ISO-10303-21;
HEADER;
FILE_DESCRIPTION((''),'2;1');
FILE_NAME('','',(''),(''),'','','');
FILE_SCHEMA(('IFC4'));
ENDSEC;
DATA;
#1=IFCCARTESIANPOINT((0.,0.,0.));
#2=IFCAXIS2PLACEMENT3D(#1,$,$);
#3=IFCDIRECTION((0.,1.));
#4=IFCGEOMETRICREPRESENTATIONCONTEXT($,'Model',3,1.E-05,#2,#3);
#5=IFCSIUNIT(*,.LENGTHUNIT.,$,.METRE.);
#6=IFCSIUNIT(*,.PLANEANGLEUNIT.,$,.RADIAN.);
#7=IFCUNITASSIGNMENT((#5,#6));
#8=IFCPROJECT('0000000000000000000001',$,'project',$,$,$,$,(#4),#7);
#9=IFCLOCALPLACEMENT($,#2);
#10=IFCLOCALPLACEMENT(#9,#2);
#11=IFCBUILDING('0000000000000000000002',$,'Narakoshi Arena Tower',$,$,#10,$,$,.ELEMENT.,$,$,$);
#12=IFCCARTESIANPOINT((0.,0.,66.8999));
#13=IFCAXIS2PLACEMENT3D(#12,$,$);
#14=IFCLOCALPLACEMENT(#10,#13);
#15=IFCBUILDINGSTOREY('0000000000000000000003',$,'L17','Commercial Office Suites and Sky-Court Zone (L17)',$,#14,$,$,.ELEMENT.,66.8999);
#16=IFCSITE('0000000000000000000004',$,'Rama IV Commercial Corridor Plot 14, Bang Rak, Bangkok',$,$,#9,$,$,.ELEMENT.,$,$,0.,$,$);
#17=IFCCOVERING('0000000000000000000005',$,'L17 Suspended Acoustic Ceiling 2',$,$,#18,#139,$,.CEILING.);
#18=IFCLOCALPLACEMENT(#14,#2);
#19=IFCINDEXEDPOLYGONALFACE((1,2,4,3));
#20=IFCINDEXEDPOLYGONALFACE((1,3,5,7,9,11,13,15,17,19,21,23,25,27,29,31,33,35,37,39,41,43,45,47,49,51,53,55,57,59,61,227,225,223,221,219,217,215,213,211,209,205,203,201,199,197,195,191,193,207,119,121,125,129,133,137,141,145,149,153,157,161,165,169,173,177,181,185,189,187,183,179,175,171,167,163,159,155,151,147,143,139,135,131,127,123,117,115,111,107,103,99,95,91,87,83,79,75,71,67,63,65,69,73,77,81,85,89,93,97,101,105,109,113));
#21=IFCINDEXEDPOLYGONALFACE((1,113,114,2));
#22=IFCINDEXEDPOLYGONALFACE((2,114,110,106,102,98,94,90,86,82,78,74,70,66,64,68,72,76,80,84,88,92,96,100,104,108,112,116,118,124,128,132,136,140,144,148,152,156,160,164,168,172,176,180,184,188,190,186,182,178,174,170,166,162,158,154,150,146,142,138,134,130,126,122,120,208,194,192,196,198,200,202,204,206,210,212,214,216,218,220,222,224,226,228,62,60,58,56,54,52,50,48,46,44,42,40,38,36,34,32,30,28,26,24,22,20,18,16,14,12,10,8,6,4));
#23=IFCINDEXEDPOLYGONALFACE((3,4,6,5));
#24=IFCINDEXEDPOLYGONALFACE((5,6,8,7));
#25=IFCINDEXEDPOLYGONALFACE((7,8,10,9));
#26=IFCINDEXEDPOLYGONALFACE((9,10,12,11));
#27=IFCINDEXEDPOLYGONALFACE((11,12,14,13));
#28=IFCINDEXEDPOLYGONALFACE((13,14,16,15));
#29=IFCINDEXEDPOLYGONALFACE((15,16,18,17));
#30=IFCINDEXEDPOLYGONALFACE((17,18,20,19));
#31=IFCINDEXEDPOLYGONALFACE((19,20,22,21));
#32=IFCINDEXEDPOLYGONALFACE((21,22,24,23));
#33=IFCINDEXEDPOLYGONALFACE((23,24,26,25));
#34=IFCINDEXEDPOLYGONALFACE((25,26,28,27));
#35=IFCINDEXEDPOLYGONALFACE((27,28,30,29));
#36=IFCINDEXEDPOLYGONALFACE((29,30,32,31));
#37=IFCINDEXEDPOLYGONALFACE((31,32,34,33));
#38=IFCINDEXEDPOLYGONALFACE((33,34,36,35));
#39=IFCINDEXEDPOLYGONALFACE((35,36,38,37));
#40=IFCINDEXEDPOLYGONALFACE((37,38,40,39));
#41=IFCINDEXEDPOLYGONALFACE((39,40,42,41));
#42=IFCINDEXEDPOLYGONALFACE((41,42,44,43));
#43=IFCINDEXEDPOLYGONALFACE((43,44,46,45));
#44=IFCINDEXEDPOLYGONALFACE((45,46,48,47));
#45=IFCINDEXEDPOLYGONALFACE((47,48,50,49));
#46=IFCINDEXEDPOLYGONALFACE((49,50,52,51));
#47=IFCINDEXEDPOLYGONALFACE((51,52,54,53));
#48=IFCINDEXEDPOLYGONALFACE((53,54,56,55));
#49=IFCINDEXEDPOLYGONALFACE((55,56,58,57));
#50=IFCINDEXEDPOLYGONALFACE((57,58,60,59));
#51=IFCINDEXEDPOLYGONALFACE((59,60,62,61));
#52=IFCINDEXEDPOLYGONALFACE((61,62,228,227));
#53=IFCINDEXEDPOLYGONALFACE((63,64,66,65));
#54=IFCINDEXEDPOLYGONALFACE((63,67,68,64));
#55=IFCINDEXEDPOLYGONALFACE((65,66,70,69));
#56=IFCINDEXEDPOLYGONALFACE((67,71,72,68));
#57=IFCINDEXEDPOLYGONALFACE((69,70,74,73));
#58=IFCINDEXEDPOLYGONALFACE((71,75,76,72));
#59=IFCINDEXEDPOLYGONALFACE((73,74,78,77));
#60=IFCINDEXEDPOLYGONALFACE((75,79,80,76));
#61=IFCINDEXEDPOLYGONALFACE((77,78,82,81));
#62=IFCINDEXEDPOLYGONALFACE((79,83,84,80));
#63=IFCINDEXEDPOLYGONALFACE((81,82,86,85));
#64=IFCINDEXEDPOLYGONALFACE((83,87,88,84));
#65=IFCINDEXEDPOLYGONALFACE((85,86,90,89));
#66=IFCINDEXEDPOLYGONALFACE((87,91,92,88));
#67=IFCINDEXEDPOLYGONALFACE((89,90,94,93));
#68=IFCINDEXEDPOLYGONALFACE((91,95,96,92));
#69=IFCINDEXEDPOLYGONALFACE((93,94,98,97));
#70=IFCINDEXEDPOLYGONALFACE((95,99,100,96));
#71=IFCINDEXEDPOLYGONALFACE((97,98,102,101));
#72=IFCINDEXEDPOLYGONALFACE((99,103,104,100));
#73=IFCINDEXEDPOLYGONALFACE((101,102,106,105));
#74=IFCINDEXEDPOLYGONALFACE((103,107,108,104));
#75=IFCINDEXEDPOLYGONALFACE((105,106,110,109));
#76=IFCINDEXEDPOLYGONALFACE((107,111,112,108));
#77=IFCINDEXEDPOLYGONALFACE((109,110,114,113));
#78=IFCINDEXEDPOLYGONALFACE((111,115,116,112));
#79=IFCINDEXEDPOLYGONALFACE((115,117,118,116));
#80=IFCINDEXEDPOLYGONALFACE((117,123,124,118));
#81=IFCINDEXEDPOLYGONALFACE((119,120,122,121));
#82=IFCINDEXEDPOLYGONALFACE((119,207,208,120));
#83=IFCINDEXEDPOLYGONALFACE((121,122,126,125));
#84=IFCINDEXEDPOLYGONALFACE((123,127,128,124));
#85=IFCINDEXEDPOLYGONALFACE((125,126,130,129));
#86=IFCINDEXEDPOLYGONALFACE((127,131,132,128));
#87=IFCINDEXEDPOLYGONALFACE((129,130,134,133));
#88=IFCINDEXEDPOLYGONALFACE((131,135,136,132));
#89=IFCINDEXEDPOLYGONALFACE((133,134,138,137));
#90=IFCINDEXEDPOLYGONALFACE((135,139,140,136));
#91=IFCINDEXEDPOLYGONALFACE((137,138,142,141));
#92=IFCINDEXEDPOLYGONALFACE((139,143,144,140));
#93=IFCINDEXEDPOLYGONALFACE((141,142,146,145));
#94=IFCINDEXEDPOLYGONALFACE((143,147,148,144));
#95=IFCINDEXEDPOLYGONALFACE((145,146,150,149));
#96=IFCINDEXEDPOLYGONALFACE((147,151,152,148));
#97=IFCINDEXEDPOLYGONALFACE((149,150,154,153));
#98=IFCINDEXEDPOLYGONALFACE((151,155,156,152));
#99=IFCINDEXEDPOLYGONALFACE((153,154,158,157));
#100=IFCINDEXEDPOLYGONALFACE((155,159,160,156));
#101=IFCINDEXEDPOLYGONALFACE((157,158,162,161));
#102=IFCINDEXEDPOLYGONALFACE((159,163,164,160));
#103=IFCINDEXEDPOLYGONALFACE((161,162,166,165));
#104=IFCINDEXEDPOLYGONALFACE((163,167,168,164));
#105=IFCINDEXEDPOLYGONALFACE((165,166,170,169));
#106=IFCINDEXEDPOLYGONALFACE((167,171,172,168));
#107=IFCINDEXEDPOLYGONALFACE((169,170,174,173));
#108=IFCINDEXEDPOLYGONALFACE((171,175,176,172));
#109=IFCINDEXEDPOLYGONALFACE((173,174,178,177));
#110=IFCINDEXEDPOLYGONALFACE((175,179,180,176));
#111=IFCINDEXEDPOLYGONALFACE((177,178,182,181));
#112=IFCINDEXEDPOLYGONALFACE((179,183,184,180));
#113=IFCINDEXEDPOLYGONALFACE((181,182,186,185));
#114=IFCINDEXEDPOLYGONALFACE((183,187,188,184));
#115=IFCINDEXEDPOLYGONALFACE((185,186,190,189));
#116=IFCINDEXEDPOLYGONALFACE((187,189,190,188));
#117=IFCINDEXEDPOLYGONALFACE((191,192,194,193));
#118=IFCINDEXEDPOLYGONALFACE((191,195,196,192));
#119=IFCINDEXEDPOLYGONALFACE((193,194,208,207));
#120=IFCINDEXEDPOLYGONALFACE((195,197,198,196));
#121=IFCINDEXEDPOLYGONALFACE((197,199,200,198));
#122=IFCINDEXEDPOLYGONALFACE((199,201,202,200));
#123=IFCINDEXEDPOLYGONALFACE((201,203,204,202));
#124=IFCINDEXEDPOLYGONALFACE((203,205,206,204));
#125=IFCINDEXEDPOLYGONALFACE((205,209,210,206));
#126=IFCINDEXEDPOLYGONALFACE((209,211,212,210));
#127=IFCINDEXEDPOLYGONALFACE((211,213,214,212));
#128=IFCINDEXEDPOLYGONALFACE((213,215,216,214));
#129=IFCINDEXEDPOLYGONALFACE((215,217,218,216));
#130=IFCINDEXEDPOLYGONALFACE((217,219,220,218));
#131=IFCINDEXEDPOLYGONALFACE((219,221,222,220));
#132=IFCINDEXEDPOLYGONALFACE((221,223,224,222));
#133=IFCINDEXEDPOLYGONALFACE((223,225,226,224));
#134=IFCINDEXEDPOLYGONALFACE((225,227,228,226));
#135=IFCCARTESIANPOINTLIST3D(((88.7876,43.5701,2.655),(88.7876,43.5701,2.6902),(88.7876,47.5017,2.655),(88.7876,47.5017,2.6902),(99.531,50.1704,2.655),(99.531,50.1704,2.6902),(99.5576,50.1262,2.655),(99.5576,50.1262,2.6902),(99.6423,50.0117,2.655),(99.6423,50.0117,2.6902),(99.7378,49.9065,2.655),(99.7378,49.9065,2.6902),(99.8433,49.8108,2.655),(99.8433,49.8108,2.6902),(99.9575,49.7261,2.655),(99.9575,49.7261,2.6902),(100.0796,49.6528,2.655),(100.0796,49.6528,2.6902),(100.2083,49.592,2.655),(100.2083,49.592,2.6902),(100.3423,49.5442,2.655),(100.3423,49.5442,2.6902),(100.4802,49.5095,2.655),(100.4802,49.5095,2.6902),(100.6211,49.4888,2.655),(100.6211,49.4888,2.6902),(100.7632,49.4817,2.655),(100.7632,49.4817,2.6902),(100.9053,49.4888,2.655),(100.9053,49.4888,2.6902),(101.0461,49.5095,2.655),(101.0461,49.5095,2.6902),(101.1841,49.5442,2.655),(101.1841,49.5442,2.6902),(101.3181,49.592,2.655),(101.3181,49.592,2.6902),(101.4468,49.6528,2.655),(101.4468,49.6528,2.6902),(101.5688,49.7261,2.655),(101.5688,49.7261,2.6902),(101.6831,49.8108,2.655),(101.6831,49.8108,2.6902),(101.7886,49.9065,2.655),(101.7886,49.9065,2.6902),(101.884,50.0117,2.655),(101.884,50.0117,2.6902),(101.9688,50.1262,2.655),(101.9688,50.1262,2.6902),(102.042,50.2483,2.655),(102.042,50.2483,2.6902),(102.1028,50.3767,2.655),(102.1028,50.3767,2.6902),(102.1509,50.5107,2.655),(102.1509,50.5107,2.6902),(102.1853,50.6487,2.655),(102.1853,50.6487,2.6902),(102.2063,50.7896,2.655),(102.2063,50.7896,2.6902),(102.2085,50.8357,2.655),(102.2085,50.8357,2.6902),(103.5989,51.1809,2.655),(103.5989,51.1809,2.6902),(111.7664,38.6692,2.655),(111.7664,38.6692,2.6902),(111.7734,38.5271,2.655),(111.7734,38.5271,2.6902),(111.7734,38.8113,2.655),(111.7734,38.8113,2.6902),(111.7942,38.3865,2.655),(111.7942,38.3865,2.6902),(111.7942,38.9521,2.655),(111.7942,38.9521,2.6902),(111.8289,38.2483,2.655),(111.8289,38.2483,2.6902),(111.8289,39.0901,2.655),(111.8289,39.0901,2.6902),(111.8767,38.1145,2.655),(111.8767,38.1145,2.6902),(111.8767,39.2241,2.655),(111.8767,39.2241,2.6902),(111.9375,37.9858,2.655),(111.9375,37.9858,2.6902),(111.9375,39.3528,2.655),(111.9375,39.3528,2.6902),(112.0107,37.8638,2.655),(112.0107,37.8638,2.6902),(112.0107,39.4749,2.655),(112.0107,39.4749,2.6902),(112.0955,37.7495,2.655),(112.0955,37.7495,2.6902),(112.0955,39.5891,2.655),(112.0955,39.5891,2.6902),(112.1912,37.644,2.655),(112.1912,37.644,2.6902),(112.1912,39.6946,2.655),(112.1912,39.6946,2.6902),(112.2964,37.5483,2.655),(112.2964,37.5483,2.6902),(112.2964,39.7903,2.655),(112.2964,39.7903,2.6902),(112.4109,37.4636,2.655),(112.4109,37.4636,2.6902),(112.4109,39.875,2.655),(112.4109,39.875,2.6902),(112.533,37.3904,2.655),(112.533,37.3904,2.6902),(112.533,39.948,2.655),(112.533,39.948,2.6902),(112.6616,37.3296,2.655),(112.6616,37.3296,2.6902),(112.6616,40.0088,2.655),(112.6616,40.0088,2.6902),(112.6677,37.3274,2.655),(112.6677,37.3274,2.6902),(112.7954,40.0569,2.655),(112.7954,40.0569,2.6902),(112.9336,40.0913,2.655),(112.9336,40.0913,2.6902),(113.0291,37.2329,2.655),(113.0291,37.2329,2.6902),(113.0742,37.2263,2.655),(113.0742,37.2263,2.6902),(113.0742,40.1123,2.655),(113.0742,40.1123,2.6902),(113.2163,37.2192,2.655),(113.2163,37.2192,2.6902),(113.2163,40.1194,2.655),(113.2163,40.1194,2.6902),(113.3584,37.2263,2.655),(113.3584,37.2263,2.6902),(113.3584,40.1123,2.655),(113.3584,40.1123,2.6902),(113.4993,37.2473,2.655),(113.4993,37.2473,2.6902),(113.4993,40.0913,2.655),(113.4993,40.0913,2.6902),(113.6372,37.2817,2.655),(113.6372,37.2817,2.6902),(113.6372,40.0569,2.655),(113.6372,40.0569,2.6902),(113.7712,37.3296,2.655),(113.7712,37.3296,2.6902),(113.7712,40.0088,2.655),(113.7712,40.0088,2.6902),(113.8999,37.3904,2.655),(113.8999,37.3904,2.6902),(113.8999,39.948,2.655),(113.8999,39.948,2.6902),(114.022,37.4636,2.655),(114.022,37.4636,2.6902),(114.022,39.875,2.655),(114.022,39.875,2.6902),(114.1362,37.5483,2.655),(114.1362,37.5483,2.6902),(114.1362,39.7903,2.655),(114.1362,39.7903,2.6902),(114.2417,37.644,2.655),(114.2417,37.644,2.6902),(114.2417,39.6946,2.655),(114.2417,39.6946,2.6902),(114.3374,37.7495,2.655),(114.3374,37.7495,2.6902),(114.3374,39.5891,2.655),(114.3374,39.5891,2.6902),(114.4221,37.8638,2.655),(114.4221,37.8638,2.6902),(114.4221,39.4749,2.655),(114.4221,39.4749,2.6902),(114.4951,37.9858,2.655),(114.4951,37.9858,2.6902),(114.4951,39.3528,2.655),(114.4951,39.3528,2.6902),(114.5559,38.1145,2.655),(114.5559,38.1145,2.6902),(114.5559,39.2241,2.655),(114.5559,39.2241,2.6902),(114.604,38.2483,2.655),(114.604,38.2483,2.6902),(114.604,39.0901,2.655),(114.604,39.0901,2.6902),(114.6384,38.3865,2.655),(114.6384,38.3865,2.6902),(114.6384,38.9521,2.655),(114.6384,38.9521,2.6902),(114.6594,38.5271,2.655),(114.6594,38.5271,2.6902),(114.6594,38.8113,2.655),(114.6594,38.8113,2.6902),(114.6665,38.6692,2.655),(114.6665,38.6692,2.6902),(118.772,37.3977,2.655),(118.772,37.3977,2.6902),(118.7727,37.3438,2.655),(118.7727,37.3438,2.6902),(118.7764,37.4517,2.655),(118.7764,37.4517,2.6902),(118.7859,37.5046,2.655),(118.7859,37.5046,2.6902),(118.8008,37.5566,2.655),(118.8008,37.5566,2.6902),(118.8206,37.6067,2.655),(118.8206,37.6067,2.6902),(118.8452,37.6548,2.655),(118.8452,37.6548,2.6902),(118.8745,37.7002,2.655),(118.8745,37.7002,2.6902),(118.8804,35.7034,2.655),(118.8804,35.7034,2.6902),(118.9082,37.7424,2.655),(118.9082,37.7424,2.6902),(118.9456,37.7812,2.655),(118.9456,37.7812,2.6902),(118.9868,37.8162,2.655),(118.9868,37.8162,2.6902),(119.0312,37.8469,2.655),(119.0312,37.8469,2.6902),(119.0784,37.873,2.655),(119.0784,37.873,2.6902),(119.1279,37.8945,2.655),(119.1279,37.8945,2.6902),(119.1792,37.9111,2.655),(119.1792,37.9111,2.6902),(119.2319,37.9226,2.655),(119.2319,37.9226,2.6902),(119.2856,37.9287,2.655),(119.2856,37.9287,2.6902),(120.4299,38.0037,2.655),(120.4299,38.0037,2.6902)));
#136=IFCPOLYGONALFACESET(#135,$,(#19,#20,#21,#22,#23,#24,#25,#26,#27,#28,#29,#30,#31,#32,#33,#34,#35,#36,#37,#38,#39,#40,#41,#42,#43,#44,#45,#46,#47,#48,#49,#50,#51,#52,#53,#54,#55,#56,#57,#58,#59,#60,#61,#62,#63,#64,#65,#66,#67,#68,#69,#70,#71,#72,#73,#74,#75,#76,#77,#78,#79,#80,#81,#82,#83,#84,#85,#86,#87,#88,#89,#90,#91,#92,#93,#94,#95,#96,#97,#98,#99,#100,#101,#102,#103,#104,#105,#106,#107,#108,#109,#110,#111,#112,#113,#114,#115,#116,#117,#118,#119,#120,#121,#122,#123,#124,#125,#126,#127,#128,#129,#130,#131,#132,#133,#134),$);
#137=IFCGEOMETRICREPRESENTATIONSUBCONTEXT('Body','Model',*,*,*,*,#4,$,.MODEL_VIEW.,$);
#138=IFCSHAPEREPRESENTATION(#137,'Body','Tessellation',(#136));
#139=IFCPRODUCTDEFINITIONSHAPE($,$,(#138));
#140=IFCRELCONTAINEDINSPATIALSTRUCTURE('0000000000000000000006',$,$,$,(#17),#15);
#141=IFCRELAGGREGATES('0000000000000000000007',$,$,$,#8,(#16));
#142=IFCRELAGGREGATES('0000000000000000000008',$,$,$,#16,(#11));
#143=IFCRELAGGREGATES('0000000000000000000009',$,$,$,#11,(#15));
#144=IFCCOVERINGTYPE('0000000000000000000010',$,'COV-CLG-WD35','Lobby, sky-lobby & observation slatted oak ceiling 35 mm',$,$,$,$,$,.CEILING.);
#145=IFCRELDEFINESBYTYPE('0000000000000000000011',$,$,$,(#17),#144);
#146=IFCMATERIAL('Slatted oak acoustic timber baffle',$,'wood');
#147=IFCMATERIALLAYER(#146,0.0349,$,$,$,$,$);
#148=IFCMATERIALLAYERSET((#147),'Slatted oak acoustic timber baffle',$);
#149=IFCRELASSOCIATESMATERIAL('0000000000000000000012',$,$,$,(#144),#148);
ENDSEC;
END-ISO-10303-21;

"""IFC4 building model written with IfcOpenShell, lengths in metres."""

from ifc_helpers import new_model, si_unit, direction, frame, origin, place, context, subcontext, project, spatial, polyline, outline, extrude, material, layer, layer_set, type_object, element, save


model = new_model("IFC4")

# Units and contexts
model_context = context("Model", 3, precision=1e-05, world=origin(), true_north=direction((0.0, 1.0)))
body_context = subcontext(model_context, "Body", "Model", "MODEL_VIEW")
ifc_project = project(units=[si_unit("LENGTHUNIT", "METRE"), si_unit("PLANEANGLEUNIT", "RADIAN")], contexts=[model_context])

# Site, building, storey
site_placement = place(None, origin())
site = spatial("IfcSite", under=ifc_project, at=site_placement, Name="Rama IV Commercial Corridor Plot 14, Bang Rak, Bangkok", CompositionType="ELEMENT", RefElevation=0.0)
building_placement = place(site_placement, origin())
building = spatial("IfcBuilding", under=site, at=building_placement, Name="Narakoshi Arena Tower", CompositionType="ELEMENT")
storey_placement = place(building_placement, frame((0.0, 0.0, 66.8999)))
storey = spatial("IfcBuildingStorey", under=building, at=storey_placement, Name="L17", Description="Commercial Office Suites and Sky-Court Zone (L17)", CompositionType="ELEMENT", Elevation=66.8999)

# Covering
ifc_material_1 = material(Name="Slatted oak acoustic timber baffle", Category="wood")
ifc_layer_1 = layer(ifc_material_1, 0.0349)
ifc_layer_set_1 = layer_set([ifc_layer_1], Name="Slatted oak acoustic timber baffle")
covering_type_1 = type_object("IfcCoveringType", Name="COV-CLG-WD35", Description="Lobby, sky-lobby & observation slatted oak ceiling 35 mm", PredefinedType="CEILING", material=ifc_layer_set_1)
covering_1_placement = place(storey_placement, frame((0.0, 0.0, 2.655)))
element("IfcCovering", 1, at=covering_1_placement, inside=storey, type_object=covering_type_1, Name="L17 Suspended Acoustic Ceiling 2", PredefinedType="CEILING", context=body_context, shape_type="SweptSolid", body=[
    extrude(outline(polyline([(119.2856, 37.9287), (119.2319, 37.9226), (119.1792, 37.9111), (119.1279, 37.8945), (119.0784, 37.873), (119.0312, 37.8469), (118.9868, 37.8162), (118.9456, 37.7812), (118.9082, 37.7424), (118.8745, 37.7002), (118.8452, 37.6548), (118.8206, 37.6067), (118.8008, 37.5566), (118.7859, 37.5046), (118.7764, 37.4517), (118.772, 37.3977), (118.7727, 37.3438), (118.8804, 35.7034), (113.0291, 37.2329), (113.0742, 37.2263), (113.2163, 37.2192), (113.3584, 37.2263), (113.4993, 37.2473), (113.6372, 37.2817), (113.7712, 37.3296), (113.8999, 37.3904), (114.022, 37.4636), (114.1362, 37.5483), (114.2417, 37.644), (114.3374, 37.7495), (114.4221, 37.8638), (114.4951, 37.9858), (114.5559, 38.1145), (114.604, 38.2483), (114.6384, 38.3865), (114.6594, 38.5271), (114.6665, 38.6692), (114.6594, 38.8113), (114.6384, 38.9521), (114.604, 39.0901), (114.5559, 39.2241), (114.4951, 39.3528), (114.4221, 39.4749), (114.3374, 39.5891), (114.2417, 39.6946), (114.1362, 39.7903), (114.022, 39.875), (113.8999, 39.948), (113.7712, 40.0088), (113.6372, 40.0569), (113.4993, 40.0913), (113.3584, 40.1123), (113.2163, 40.1194), (113.0742, 40.1123), (112.9336, 40.0913), (112.7954, 40.0569), (112.6616, 40.0088), (112.533, 39.948), (112.4109, 39.875), (112.2964, 39.7903), (112.1912, 39.6946), (112.0955, 39.5891), (112.0107, 39.4749), (111.9375, 39.3528), (111.8767, 39.2241), (111.8289, 39.0901), (111.7942, 38.9521), (111.7734, 38.8113), (111.7664, 38.6692), (111.7734, 38.5271), (111.7942, 38.3865), (111.8289, 38.2483), (111.8767, 38.1145), (111.9375, 37.9858), (112.0107, 37.8638), (112.0955, 37.7495), (112.1912, 37.644), (112.2964, 37.5483), (112.4109, 37.4636), (112.533, 37.3904), (112.6616, 37.3296), (112.6677, 37.3274), (88.7876, 43.5701), (88.7876, 47.5017), (99.531, 50.1704), (99.5576, 50.1262), (99.6423, 50.0117), (99.7378, 49.9065), (99.8433, 49.8108), (99.9575, 49.7261), (100.0796, 49.6528), (100.2083, 49.592), (100.3423, 49.5442), (100.4802, 49.5095), (100.6211, 49.4888), (100.7632, 49.4817), (100.9053, 49.4888), (101.0461, 49.5095), (101.1841, 49.5442), (101.3181, 49.592), (101.4468, 49.6528), (101.5688, 49.7261), (101.6831, 49.8108), (101.7886, 49.9065), (101.884, 50.0117), (101.9688, 50.1262), (102.042, 50.2483), (102.1028, 50.3767), (102.1509, 50.5107), (102.1853, 50.6487), (102.2063, 50.7896), (102.2085, 50.8357), (103.5989, 51.1809), (120.4299, 38.0037), (119.2856, 37.9287)])), origin(), (0.0, 0.0, 1.0), 0.0352),
])

save(model, "model.ifc")
